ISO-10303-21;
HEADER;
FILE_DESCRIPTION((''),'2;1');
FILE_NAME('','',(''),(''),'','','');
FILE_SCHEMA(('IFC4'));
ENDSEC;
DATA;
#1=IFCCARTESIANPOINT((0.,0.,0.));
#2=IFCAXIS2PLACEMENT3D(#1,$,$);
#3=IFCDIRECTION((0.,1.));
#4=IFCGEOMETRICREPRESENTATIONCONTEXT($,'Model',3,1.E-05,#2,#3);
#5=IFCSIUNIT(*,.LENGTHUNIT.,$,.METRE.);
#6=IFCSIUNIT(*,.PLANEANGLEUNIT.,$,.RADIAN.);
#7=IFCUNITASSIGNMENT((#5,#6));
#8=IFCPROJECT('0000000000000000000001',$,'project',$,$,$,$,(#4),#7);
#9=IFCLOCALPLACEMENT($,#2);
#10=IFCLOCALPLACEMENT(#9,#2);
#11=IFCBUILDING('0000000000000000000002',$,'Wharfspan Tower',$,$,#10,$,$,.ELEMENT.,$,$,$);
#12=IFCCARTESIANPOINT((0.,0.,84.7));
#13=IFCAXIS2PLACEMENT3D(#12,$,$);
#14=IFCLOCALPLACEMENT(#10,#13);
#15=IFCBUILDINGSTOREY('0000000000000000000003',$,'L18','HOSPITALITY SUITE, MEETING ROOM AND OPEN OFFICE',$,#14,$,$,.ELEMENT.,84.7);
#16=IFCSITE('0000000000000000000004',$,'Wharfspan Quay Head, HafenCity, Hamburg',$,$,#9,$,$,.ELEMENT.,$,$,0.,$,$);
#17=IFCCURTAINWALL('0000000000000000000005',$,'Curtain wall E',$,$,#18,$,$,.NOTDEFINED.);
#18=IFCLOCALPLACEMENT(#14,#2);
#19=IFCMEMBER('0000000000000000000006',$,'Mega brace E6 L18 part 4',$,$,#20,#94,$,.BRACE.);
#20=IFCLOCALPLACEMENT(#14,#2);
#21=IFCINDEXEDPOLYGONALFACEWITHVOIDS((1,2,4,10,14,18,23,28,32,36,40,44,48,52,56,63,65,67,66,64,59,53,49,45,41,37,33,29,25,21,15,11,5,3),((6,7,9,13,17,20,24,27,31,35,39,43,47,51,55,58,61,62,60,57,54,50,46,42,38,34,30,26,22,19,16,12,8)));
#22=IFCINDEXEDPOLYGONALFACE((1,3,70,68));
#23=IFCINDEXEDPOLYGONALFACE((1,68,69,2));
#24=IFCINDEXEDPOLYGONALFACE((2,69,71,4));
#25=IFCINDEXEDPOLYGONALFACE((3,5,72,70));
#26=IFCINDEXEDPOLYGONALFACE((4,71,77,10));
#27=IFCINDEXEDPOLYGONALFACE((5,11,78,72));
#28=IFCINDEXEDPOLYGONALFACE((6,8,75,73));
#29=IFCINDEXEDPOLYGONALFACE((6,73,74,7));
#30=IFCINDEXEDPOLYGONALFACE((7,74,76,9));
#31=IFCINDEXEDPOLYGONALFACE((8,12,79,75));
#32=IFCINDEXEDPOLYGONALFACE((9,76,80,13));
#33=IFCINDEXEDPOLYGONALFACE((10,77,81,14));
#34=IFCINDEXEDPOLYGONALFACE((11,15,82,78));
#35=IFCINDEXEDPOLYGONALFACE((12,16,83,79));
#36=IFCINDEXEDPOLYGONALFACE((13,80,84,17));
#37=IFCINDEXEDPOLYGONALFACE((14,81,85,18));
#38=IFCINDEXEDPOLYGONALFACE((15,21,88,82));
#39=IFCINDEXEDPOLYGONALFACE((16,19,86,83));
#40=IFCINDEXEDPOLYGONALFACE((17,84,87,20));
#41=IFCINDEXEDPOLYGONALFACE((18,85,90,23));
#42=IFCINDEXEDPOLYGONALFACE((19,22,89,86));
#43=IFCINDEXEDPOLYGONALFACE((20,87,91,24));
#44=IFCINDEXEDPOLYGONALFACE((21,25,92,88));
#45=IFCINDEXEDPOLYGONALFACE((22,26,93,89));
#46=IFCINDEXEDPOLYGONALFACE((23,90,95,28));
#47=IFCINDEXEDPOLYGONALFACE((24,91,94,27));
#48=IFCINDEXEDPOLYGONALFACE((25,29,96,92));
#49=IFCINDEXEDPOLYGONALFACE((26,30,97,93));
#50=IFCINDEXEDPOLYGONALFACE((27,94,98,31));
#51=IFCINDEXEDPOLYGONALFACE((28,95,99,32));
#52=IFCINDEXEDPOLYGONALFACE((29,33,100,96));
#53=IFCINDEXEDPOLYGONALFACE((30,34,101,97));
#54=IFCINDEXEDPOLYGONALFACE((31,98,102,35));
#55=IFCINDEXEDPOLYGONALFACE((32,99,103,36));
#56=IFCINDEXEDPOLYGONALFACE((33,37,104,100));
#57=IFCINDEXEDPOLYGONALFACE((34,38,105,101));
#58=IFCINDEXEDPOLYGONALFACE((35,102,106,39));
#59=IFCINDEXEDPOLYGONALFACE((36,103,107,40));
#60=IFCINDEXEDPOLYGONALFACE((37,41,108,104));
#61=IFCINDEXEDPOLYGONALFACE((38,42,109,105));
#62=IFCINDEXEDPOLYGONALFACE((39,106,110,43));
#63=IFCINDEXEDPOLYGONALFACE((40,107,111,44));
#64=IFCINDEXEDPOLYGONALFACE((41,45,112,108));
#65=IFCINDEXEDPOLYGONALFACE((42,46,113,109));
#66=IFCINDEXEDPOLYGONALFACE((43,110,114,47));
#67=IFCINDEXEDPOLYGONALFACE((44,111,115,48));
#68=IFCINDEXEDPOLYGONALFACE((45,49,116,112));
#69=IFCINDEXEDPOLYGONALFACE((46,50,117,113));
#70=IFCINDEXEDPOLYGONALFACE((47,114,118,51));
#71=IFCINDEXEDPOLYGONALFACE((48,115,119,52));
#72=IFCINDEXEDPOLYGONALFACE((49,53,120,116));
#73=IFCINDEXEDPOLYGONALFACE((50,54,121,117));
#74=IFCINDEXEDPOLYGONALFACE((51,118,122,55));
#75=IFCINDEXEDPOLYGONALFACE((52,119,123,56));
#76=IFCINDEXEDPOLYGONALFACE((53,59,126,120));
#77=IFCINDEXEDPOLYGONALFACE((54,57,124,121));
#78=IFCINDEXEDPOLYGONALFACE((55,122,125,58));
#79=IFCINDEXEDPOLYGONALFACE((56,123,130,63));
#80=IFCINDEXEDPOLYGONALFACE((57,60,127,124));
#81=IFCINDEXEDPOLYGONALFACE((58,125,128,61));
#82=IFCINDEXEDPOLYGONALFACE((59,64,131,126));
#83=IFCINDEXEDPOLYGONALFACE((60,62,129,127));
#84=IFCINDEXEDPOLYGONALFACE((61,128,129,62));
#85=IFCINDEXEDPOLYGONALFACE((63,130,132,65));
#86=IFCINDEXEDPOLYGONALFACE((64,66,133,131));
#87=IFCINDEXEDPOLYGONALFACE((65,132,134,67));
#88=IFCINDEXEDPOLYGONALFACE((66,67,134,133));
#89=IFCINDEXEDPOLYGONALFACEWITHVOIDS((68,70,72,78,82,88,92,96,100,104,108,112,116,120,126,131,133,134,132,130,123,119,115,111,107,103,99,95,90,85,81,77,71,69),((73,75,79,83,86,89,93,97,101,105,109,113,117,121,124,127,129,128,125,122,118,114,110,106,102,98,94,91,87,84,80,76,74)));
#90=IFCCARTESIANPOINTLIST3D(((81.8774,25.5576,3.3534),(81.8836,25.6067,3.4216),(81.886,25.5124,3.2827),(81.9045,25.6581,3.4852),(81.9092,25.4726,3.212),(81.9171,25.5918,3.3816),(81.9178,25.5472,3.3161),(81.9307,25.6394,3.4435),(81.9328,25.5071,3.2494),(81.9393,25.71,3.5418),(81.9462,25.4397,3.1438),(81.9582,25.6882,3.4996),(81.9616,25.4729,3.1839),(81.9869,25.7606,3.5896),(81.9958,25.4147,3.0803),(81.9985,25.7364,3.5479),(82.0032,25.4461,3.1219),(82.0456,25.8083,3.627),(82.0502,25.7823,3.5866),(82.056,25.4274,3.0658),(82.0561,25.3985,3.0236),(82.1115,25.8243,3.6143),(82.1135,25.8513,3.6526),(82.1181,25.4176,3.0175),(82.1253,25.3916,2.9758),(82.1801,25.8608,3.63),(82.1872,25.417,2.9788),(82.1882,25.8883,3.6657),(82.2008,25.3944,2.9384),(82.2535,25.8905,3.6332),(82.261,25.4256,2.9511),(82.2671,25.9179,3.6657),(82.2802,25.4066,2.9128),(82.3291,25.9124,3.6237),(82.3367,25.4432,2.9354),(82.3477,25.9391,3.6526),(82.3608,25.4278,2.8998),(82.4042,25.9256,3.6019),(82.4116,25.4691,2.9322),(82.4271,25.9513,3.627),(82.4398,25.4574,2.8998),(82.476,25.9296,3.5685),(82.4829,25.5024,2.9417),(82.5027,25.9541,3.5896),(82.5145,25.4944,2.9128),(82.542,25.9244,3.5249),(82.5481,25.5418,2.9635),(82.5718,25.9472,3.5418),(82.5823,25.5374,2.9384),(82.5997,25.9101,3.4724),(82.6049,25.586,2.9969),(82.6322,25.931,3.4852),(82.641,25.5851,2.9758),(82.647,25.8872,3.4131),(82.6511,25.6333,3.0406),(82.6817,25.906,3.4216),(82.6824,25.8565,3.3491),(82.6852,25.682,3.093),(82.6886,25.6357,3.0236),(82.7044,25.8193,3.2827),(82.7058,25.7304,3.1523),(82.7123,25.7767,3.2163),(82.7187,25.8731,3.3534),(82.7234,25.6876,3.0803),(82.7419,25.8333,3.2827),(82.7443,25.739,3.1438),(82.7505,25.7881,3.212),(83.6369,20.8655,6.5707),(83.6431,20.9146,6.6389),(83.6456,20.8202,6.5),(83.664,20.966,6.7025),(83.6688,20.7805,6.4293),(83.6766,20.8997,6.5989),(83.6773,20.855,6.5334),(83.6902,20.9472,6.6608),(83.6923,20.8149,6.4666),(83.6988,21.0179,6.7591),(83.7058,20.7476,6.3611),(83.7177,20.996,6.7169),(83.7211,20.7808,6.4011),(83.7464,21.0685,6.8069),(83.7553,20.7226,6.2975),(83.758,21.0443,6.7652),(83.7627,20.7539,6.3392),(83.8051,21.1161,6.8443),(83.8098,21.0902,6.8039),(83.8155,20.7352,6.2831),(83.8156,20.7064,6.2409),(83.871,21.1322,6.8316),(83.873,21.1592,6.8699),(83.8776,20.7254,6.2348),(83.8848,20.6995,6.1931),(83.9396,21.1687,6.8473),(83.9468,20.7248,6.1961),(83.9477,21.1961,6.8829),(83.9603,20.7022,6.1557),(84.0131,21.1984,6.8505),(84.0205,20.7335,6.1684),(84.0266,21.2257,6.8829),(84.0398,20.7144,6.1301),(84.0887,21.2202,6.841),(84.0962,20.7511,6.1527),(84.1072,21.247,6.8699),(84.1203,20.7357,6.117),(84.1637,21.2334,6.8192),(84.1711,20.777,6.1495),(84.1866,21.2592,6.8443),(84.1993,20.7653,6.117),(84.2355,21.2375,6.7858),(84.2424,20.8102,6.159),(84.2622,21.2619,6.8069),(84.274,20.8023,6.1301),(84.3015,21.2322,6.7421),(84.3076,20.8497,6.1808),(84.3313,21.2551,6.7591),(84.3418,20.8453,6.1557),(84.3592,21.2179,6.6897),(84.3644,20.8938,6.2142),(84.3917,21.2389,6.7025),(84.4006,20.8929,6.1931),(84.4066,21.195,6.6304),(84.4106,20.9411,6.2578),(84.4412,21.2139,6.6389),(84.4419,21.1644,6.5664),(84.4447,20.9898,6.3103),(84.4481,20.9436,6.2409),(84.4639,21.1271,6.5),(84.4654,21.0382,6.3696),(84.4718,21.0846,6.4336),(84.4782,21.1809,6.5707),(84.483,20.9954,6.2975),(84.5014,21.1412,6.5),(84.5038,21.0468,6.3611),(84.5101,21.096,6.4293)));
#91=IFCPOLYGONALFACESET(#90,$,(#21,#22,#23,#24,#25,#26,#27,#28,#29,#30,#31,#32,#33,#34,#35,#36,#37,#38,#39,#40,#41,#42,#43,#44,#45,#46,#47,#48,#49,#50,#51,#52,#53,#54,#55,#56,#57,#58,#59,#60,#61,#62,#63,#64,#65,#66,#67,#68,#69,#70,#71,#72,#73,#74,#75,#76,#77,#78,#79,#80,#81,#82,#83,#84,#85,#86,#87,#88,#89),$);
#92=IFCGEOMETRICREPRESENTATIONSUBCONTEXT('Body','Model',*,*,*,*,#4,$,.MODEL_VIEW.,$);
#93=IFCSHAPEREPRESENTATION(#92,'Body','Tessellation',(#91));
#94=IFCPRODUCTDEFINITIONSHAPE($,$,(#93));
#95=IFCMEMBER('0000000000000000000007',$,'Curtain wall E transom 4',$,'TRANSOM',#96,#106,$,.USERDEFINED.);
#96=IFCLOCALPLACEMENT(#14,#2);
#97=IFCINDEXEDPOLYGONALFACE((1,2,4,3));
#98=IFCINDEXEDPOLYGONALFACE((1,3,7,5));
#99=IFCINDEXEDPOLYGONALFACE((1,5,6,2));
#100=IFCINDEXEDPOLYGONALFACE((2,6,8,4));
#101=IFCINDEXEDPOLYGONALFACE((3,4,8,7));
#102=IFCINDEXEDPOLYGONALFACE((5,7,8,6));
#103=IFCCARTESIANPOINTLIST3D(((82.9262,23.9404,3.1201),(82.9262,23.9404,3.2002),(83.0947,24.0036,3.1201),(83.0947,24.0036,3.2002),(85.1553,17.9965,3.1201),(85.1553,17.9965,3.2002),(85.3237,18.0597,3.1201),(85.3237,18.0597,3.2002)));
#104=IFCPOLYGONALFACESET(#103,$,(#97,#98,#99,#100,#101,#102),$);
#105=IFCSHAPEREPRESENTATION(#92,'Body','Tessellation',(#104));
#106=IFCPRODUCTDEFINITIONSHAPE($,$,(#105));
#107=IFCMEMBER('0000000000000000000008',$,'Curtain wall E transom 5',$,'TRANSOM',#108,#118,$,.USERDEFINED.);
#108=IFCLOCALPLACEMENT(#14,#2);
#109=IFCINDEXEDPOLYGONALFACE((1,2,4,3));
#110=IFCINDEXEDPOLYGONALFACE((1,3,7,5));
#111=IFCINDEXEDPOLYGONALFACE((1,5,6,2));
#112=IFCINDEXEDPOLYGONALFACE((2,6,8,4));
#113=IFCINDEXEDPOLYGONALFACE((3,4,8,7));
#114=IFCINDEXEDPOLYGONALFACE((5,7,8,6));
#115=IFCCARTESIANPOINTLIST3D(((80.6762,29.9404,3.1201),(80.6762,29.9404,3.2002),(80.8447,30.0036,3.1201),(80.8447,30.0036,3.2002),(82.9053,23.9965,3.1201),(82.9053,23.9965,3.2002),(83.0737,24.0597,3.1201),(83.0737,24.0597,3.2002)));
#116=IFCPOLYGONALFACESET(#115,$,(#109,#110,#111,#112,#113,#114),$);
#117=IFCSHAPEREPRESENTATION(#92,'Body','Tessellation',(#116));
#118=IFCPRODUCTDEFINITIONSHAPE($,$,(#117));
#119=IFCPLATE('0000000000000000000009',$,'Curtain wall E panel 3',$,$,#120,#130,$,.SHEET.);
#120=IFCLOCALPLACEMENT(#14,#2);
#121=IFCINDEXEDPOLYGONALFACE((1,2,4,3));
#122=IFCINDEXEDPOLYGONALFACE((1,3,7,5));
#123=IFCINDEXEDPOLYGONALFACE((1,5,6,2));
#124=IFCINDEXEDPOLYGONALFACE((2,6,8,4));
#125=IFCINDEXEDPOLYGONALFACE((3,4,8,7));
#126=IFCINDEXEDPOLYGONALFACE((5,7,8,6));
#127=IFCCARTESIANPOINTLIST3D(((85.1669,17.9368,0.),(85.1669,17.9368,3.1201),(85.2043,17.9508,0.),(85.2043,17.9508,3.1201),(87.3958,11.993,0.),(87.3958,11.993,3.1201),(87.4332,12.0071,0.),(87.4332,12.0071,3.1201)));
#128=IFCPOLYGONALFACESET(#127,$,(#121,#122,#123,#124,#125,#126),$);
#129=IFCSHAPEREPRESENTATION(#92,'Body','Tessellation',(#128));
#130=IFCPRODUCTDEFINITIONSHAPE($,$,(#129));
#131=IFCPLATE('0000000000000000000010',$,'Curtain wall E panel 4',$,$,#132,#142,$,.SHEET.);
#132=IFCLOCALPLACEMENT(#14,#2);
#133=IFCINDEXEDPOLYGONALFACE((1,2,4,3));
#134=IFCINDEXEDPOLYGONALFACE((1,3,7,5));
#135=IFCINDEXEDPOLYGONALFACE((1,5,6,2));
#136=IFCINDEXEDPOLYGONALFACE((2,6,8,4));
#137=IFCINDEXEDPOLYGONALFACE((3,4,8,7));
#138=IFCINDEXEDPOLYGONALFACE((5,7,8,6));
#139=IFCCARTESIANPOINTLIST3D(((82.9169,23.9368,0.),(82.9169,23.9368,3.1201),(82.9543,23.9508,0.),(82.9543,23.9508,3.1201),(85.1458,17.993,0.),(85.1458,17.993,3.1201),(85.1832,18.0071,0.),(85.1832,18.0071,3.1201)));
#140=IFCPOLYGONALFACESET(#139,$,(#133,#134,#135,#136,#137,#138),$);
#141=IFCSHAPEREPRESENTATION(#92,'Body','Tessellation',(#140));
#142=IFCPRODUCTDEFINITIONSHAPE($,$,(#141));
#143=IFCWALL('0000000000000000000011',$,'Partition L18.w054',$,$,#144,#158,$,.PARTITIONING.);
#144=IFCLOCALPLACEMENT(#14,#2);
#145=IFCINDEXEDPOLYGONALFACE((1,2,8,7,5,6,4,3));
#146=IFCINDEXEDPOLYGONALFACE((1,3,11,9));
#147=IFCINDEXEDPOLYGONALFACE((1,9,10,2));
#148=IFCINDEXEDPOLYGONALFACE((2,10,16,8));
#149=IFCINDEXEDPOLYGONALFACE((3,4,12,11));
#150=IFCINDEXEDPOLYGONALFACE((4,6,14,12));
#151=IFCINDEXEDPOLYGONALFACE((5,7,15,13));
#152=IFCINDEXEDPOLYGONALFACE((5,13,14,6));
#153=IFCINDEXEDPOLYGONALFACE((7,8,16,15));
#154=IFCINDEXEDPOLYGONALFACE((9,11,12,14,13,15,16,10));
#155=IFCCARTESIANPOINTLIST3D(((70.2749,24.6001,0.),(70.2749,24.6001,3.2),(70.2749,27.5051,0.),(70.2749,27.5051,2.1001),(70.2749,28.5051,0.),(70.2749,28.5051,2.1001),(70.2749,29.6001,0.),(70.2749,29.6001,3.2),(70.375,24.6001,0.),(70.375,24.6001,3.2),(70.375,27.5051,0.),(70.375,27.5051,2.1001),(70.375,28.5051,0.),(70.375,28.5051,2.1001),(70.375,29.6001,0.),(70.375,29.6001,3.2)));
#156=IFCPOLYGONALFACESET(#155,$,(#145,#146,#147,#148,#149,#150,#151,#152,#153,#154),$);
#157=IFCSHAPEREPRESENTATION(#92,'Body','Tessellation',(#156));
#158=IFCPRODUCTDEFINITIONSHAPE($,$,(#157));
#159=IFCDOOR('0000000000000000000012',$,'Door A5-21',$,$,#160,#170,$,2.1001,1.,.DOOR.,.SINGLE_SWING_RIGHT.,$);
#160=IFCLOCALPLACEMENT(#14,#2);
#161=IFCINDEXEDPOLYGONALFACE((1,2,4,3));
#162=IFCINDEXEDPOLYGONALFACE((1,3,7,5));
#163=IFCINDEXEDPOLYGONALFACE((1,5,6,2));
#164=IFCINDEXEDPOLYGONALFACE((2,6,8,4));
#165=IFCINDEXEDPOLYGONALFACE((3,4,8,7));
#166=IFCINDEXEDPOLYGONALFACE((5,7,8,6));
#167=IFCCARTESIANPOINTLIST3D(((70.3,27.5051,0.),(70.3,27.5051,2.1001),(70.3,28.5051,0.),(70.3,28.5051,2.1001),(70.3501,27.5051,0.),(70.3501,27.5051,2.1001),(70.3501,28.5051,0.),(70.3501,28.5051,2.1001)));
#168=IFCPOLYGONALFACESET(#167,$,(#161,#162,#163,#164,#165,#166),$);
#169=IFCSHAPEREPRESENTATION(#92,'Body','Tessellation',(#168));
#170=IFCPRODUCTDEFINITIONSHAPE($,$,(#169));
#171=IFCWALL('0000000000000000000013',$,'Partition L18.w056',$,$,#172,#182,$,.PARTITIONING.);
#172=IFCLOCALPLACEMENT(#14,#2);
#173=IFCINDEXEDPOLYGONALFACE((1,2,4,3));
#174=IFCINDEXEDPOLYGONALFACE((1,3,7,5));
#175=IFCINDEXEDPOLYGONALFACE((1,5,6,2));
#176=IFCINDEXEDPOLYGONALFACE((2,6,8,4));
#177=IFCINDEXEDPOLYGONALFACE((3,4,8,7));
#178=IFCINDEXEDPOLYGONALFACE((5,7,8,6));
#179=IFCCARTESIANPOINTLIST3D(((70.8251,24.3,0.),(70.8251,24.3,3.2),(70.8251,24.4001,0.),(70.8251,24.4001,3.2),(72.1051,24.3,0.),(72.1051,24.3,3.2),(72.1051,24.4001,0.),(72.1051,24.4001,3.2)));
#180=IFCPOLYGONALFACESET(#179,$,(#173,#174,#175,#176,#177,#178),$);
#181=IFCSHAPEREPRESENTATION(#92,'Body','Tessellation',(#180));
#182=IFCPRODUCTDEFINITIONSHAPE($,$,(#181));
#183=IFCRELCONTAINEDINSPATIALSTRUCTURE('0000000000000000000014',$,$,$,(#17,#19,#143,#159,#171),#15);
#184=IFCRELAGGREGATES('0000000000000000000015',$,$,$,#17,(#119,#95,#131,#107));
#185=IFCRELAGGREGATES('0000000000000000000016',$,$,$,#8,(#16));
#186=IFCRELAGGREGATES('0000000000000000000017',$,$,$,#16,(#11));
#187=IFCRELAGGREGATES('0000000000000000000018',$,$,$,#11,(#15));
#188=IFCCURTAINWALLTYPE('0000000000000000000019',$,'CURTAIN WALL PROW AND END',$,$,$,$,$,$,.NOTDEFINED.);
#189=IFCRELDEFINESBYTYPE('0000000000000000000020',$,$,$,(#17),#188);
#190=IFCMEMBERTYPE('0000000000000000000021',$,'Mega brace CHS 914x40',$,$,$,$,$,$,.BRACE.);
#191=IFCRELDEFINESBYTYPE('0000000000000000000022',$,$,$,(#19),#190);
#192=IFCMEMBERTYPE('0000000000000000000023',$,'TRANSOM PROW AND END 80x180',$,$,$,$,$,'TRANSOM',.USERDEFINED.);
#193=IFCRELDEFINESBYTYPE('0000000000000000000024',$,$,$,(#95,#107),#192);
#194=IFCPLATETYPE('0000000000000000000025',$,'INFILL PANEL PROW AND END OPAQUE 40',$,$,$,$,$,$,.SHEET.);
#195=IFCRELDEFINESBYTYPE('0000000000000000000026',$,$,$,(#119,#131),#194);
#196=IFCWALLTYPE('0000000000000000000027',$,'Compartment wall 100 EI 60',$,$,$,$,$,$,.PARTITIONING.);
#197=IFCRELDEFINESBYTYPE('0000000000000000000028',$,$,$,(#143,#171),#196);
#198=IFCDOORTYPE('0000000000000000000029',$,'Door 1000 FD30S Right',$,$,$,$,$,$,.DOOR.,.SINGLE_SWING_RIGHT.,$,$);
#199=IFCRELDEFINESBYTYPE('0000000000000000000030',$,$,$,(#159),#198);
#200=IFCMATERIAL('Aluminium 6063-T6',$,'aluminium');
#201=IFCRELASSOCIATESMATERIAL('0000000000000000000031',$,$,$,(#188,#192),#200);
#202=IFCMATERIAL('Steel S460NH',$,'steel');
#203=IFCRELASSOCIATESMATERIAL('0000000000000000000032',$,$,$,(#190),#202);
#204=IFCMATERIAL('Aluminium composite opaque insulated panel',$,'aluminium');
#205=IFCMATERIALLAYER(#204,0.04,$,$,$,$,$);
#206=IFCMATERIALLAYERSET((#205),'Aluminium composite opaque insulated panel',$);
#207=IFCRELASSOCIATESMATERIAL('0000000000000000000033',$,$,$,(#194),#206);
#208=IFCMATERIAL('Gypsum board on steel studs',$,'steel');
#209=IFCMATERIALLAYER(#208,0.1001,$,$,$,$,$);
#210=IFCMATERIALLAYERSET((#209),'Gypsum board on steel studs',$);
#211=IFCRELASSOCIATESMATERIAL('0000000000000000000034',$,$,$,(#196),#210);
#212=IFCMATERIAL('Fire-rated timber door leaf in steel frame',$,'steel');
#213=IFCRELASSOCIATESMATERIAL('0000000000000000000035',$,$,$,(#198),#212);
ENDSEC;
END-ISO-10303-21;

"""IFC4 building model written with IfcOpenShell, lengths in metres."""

from ifc_helpers import new_model, si_unit, direction, frame, frame_2d, origin, origin_2d, place, context, subcontext, project, spatial, rectangle, hollow_circle, extrude, material, layer, layer_set, material_profile, profile_set, type_object, element, fill, aggregate, save


model = new_model("IFC4")

# Units and contexts
model_context = context("Model", 3, precision=1e-05, world=origin(), true_north=direction((0.0, 1.0)))
body_context = subcontext(model_context, "Body", "Model", "MODEL_VIEW")
ifc_project = project(units=[si_unit("LENGTHUNIT", "METRE"), si_unit("PLANEANGLEUNIT", "RADIAN")], contexts=[model_context])

# Site, building, storey
site_placement = place(None, origin())
site = spatial("IfcSite", under=ifc_project, at=site_placement, Name="Wharfspan Quay Head, HafenCity, Hamburg", CompositionType="ELEMENT", RefElevation=0.0)
building_placement = place(site_placement, origin())
building = spatial("IfcBuilding", under=site, at=building_placement, Name="Wharfspan Tower", CompositionType="ELEMENT")
storey_placement = place(building_placement, frame((0.0, 0.0, 84.7)))
storey = spatial("IfcBuildingStorey", under=building, at=storey_placement, Name="L18", Description="HOSPITALITY SUITE, MEETING ROOM AND OPEN OFFICE", CompositionType="ELEMENT", Elevation=84.7)

# Curtain wall
ifc_material_1 = material(Name="Aluminium 6063-T6", Category="aluminium")
curtain_wall_type = type_object("IfcCurtainWallType", Name="CURTAIN WALL PROW AND END", PredefinedType="NOTDEFINED", material=ifc_material_1)
curtain_wall_placement = place(storey_placement, origin())
curtain_wall = element("IfcCurtainWall", 1, at=curtain_wall_placement, inside=storey, type_object=curtain_wall_type, Name="Curtain wall E", PredefinedType="NOTDEFINED")

# Member
ifc_material_2 = material(Name="Steel S460NH", Category="steel")
ifc_material_profile_1 = material_profile(ifc_material_2, hollow_circle(Radius=0.457, WallThickness=0.04, at=origin_2d()))
ifc_profile_set_1 = profile_set([ifc_material_profile_1], Name="Steel S460NH")
member_type_1 = type_object("IfcMemberType", Name="Mega brace CHS 914x40", PredefinedType="BRACE", material=ifc_profile_set_1)
for number, where, z_axis, x_axis, name in (
    (2, (82.314, 25.6729, 3.2827), (0.295466, -0.787922, 0.540259), (0.936329, 0.351115, -0.000004), "Mega brace E6 L18 part 4"),
):
    element("IfcMember", number, at=place(storey_placement, frame(where, z_axis=z_axis, x_axis=x_axis)), inside=storey, type_object=member_type_1, Name=name, PredefinedType="BRACE", context=body_context, shape_type="SweptSolid", body=[
        extrude(hollow_circle(Radius=0.457, WallThickness=0.04, at=origin_2d()), origin(), (0.0, 0.0, 1.0), 5.9551),
    ])

# Members
ifc_material_profile_2 = material_profile(ifc_material_1, rectangle(XDim=0.1799, YDim=0.0801, at=origin_2d()))
ifc_profile_set_2 = profile_set([ifc_material_profile_2], Name="Aluminium 6063-T6")
member_type_2 = type_object("IfcMemberType", Name="TRANSOM PROW AND END 80x180", ElementType="TRANSOM", PredefinedType="USERDEFINED", material=ifc_profile_set_2)
member_1_placement = place(storey_placement, frame((85.2395, 18.0281, 3.1602), z_axis=(-0.351132, 0.936326, 0.0), x_axis=(-0.936326, -0.351132, 0.0)))
member_1 = element("IfcMember", 3, at=member_1_placement, type_object=member_type_2, Name="Curtain wall E transom 4", ObjectType="TRANSOM", PredefinedType="USERDEFINED", context=body_context, shape_type="SweptSolid", body=[
    extrude(rectangle(XDim=0.1799, YDim=0.0801, at=origin_2d()), origin(), (0.0, 0.0, 1.0), 6.3481),
])
member_2_placement = place(storey_placement, frame((82.9895, 24.0281, 3.1602), z_axis=(-0.351132, 0.936326, 0.0), x_axis=(-0.936326, -0.351132, 0.0)))
member_2 = element("IfcMember", 4, at=member_2_placement, type_object=member_type_2, Name="Curtain wall E transom 5", ObjectType="TRANSOM", PredefinedType="USERDEFINED", context=body_context, shape_type="SweptSolid", body=[
    extrude(rectangle(XDim=0.1799, YDim=0.0801, at=origin_2d()), origin(), (0.0, 0.0, 1.0), 6.3481),
])

# Plates
ifc_material_3 = material(Name="Aluminium composite opaque insulated panel", Category="aluminium")
ifc_layer_1 = layer(ifc_material_3, 0.04)
ifc_layer_set_1 = layer_set([ifc_layer_1], Name="Aluminium composite opaque insulated panel")
plate_type = type_object("IfcPlateType", Name="INFILL PANEL PROW AND END OPAQUE 40", PredefinedType="SHEET", material=ifc_layer_set_1)
plate_1_placement = place(storey_placement, frame((86.3, 14.9719, 0.0), z_axis=(0.0, 0.0, 1.0), x_axis=(-0.351123, 0.936328, 0.0)))
plate_1 = element("IfcPlate", 5, at=plate_1_placement, type_object=plate_type, Name="Curtain wall E panel 3", PredefinedType="SHEET", context=body_context, shape_type="SweptSolid", body=[
    extrude(rectangle(XDim=6.3479, YDim=0.04, at=origin_2d()), origin(), (0.0, 0.0, 1.0), 3.1201),
])
plate_2_placement = place(storey_placement, frame((84.05, 20.9719, 0.0), z_axis=(0.0, 0.0, 1.0), x_axis=(-0.351123, 0.936328, 0.0)))
plate_2 = element("IfcPlate", 6, at=plate_2_placement, type_object=plate_type, Name="Curtain wall E panel 4", PredefinedType="SHEET", context=body_context, shape_type="SweptSolid", body=[
    extrude(rectangle(XDim=6.3479, YDim=0.04, at=origin_2d()), origin(), (0.0, 0.0, 1.0), 3.1201),
])
aggregate(curtain_wall, [plate_1, member_1, plate_2, member_2])

# Wall, opening, door
ifc_material_4 = material(Name="Gypsum board on steel studs", Category="steel")
ifc_layer_2 = layer(ifc_material_4, 0.1001)
ifc_layer_set_2 = layer_set([ifc_layer_2], Name="Gypsum board on steel studs")
wall_type_1 = type_object("IfcWallType", Name="Compartment wall 100 EI 60", PredefinedType="PARTITIONING", material=ifc_layer_set_2)
wall_1_placement = place(storey_placement, frame((70.325, 24.6001, 0.0), z_axis=(0.0, 0.0, 1.0), x_axis=(0.0, 1.0, 0.0)))
wall_1 = element("IfcWall", 7, at=wall_1_placement, inside=storey, type_object=wall_type_1, Name="Partition L18.w054", PredefinedType="PARTITIONING", context=body_context, shape_type="SweptSolid", body=[
    extrude(rectangle(XDim=5.0, YDim=0.1001, at=frame_2d((2.5, 0.0))), origin(), (0.0, 0.0, 1.0), 3.2),
])
opening_1_placement = place(wall_1_placement, frame((2.905, 0.0, 0.0)))
opening_1 = element("IfcOpeningElement", 8, at=opening_1_placement, cuts=wall_1, PredefinedType="OPENING", context=body_context, shape_type="SweptSolid", body=[
    extrude(rectangle(XDim=1.0, YDim=2.1001, at=frame_2d((0.5, 1.05))), frame((0.0, 0.0601, 0.0), z_axis=(0.0, -1.0, 0.0), x_axis=(1.0, 0.0, 0.0)), (0.0, 0.0, 1.0), 0.1201),
])
ifc_material_5 = material(Name="Fire-rated timber door leaf in steel frame", Category="steel")
door_type_1 = type_object("IfcDoorType", Name="Door 1000 FD30S Right", OperationType="SINGLE_SWING_RIGHT", PredefinedType="DOOR", material=ifc_material_5)
door_1_placement = place(opening_1_placement, origin())
door_1 = element("IfcDoor", 9, at=door_1_placement, inside=storey, type_object=door_type_1, Name="Door A5-21", OperationType="SINGLE_SWING_RIGHT", OverallHeight=2.1001, OverallWidth=1.0, PredefinedType="DOOR", context=body_context, shape_type="SweptSolid", body=[
    extrude(rectangle(XDim=1.0, YDim=2.1001, at=frame_2d((0.5, 1.05))), frame((0.0, 0.0249, 0.0), z_axis=(0.0, -1.0, 0.0), x_axis=(1.0, 0.0, 0.0)), (0.0, 0.0, 1.0), 0.05),
])
fill(opening_1, door_1)

# Wall
wall_2_placement = place(storey_placement, frame((70.825, 24.3501, 0.0), z_axis=(0.0, 0.0, 1.0), x_axis=(1.0, 0.0, 0.0)))
element("IfcWall", 10, at=wall_2_placement, inside=storey, type_object=wall_type_1, Name="Partition L18.w056", PredefinedType="PARTITIONING", context=body_context, shape_type="SweptSolid", body=[
    extrude(rectangle(XDim=1.28, YDim=0.1001, at=frame_2d((0.6401, 0.0))), origin(), (0.0, 0.0, 1.0), 3.2),
])

save(model, "model.ifc")
